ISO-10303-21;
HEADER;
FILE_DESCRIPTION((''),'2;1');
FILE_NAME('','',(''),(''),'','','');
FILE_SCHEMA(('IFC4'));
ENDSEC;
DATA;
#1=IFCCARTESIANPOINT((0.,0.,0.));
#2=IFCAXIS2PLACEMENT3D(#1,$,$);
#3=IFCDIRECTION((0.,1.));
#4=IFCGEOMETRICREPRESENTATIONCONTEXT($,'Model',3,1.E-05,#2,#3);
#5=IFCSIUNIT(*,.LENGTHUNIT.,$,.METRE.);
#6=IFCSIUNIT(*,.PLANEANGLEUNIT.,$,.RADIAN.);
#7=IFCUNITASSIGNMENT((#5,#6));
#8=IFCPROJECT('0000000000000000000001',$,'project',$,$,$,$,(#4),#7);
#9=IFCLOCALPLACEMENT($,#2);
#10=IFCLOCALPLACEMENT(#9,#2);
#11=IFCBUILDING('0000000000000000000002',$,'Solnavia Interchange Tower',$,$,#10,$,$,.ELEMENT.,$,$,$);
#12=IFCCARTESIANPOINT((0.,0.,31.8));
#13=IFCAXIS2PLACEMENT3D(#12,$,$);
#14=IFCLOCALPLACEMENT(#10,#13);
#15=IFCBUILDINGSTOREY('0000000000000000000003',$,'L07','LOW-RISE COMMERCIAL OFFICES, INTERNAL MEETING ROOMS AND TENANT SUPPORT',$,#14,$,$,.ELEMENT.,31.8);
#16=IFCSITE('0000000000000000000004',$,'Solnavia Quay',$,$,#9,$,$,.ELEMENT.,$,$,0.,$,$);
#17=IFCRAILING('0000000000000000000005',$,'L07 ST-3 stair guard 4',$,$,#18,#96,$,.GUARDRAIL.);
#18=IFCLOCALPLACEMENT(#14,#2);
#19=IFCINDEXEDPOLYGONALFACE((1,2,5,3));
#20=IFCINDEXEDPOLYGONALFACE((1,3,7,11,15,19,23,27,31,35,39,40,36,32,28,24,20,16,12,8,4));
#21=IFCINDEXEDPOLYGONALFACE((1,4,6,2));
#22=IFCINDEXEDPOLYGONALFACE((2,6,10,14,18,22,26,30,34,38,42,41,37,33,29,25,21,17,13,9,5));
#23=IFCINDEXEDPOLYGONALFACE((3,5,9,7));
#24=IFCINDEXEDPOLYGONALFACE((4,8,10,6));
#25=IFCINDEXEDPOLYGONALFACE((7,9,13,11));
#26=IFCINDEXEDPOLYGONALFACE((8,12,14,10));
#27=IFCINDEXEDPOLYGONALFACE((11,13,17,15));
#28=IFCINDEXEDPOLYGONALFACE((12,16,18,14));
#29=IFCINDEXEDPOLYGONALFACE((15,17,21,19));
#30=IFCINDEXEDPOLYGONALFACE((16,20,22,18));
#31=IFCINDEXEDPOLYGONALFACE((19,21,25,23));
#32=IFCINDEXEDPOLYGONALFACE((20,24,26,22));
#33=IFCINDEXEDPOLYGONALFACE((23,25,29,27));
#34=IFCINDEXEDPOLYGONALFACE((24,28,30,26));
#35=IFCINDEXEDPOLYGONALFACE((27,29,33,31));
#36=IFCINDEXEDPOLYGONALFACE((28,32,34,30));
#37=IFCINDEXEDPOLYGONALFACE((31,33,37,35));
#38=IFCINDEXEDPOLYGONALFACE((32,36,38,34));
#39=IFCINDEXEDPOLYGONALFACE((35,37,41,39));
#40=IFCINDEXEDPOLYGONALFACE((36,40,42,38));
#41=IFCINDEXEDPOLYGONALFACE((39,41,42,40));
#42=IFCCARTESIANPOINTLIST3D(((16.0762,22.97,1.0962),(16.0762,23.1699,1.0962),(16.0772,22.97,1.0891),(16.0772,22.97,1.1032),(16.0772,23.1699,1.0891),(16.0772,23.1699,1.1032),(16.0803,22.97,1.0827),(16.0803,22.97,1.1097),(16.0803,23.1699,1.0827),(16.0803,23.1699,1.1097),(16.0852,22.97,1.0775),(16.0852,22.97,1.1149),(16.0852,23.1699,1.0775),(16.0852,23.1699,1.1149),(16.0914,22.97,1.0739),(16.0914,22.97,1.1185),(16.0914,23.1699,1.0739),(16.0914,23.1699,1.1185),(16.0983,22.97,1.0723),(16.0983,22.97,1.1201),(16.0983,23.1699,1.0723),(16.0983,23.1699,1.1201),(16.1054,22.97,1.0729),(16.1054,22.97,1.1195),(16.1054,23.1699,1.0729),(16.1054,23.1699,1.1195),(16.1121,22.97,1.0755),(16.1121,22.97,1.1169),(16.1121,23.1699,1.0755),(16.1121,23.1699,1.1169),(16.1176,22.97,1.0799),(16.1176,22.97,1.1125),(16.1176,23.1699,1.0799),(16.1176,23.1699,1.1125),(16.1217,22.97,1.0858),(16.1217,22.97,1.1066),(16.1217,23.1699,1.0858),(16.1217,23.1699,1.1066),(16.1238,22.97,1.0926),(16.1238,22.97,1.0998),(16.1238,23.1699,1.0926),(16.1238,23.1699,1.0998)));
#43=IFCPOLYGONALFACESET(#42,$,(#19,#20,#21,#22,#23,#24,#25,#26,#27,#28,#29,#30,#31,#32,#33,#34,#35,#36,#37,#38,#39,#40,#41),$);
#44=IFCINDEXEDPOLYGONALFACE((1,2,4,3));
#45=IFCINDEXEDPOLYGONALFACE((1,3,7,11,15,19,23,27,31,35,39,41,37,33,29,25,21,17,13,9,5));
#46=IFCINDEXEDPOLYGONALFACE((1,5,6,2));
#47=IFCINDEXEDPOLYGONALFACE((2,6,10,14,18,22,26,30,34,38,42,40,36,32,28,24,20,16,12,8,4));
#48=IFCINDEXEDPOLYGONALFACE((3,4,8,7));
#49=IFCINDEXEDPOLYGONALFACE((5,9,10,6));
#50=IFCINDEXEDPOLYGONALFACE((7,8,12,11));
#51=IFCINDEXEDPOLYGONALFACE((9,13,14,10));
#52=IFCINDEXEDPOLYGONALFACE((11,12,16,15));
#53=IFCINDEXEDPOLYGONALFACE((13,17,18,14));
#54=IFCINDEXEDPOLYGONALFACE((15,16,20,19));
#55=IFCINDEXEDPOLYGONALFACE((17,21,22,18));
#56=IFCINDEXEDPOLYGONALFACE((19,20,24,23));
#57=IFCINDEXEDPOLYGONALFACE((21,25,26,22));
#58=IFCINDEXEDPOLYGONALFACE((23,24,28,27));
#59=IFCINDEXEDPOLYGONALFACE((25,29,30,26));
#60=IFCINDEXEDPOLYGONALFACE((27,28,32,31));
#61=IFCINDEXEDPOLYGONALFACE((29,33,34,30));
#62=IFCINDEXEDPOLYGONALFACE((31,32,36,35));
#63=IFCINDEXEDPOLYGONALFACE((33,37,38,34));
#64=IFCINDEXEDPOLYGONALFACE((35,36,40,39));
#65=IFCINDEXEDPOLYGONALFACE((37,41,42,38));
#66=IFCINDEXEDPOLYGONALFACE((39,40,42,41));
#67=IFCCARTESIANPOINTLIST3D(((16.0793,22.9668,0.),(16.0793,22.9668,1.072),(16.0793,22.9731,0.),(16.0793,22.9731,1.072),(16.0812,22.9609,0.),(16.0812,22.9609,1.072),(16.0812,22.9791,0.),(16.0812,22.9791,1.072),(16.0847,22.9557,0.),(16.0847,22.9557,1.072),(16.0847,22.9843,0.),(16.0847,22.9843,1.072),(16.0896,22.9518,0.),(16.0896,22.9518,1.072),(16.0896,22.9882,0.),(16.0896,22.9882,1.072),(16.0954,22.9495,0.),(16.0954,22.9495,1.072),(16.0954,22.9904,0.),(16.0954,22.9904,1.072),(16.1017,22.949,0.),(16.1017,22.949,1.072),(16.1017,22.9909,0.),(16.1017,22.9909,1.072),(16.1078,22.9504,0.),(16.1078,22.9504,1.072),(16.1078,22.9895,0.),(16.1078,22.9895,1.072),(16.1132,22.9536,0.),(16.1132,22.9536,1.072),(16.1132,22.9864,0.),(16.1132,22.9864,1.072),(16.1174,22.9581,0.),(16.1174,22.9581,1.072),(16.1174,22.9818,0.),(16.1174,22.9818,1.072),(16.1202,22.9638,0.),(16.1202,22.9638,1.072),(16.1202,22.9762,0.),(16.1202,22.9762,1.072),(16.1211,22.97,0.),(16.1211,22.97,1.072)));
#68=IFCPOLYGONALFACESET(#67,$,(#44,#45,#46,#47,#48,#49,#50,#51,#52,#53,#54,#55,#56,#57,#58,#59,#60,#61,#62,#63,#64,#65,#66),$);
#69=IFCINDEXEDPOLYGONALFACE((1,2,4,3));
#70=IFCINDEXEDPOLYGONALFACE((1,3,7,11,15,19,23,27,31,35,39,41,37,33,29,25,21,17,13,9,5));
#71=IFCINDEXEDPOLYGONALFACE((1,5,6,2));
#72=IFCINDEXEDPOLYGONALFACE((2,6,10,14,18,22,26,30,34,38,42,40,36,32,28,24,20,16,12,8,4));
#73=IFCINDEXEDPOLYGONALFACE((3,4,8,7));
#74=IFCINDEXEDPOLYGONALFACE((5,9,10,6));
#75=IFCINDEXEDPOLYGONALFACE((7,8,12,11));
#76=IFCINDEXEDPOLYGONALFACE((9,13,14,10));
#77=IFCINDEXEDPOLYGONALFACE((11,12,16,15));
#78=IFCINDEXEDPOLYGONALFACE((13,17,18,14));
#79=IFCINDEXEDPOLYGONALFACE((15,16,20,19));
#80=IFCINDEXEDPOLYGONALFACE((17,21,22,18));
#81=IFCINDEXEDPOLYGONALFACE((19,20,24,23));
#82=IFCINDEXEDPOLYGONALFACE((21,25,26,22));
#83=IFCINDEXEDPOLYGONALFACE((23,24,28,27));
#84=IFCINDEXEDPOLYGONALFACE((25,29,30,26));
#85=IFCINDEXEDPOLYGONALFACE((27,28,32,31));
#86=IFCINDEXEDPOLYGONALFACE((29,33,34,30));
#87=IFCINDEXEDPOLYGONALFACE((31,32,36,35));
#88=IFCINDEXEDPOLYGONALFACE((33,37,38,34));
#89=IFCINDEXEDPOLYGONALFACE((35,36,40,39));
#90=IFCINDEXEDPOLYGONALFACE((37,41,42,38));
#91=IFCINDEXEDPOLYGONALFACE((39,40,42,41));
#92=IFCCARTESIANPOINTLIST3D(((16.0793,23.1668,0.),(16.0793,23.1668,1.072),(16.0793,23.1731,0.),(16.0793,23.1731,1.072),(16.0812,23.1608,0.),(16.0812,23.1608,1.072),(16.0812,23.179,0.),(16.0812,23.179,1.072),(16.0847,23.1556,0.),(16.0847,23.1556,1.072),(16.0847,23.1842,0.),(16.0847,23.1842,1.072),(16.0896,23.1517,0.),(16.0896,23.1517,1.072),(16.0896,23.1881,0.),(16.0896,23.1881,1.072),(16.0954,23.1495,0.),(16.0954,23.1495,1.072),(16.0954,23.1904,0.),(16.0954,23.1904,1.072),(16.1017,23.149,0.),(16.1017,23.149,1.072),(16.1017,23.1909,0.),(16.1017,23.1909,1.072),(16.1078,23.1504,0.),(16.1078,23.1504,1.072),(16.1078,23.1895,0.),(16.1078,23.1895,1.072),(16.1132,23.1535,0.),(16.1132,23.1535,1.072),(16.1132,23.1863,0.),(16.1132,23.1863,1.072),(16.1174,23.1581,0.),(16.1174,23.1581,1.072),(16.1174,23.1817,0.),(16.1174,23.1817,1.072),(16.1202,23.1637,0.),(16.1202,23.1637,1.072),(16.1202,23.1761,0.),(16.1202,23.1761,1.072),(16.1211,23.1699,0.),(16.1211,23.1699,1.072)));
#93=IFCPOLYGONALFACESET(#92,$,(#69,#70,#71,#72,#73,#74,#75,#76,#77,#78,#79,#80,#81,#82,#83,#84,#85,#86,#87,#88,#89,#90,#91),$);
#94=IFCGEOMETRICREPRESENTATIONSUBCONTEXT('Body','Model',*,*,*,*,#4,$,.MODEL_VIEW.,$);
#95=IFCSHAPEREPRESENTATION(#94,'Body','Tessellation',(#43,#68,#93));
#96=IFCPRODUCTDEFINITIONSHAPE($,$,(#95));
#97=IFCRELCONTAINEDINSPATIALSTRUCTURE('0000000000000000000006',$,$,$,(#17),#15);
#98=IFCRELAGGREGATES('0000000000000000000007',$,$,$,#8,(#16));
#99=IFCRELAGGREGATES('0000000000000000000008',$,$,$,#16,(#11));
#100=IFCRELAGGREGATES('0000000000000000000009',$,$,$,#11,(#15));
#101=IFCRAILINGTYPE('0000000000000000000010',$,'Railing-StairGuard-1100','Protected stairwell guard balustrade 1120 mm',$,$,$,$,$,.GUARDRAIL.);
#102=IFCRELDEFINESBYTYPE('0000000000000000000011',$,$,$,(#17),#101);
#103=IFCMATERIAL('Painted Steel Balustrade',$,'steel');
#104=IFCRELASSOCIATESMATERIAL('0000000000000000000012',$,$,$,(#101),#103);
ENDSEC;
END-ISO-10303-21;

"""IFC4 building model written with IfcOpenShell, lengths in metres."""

from ifc_helpers import new_model, si_unit, direction, frame, origin, origin_2d, place, context, subcontext, project, spatial, circle, extrude, material, type_object, element, save


model = new_model("IFC4")

# Units and contexts
model_context = context("Model", 3, precision=1e-05, world=origin(), true_north=direction((0.0, 1.0)))
body_context = subcontext(model_context, "Body", "Model", "MODEL_VIEW")
ifc_project = project(units=[si_unit("LENGTHUNIT", "METRE"), si_unit("PLANEANGLEUNIT", "RADIAN")], contexts=[model_context])

# Site, building, storey
site_placement = place(None, origin())
site = spatial("IfcSite", under=ifc_project, at=site_placement, Name="Solnavia Quay", CompositionType="ELEMENT", RefElevation=0.0)
building_placement = place(site_placement, origin())
building = spatial("IfcBuilding", under=site, at=building_placement, Name="Solnavia Interchange Tower", CompositionType="ELEMENT")
storey_placement = place(building_placement, frame((0.0, 0.0, 31.8)))
storey = spatial("IfcBuildingStorey", under=building, at=storey_placement, Name="L07", Description="LOW-RISE COMMERCIAL OFFICES, INTERNAL MEETING ROOMS AND TENANT SUPPORT", CompositionType="ELEMENT", Elevation=31.8)

# Railing
ifc_material_1 = material(Name="Painted Steel Balustrade", Category="steel")
railing_type_1 = type_object("IfcRailingType", Name="Railing-StairGuard-1100", Description="Protected stairwell guard balustrade 1120 mm", PredefinedType="GUARDRAIL", material=ifc_material_1)
railing_1_placement = place(storey_placement, frame((16.1001, 22.97, 0.0)))
element("IfcRailing", 1, at=railing_1_placement, inside=storey, type_object=railing_type_1, Name="L07 ST-3 stair guard 4", PredefinedType="GUARDRAIL", context=body_context, shape_type="SweptSolid", body=[
    extrude(circle(Radius=0.0239, at=origin_2d()), frame((0.0, 0.0, 1.0962), z_axis=(0.0, 1.0, 0.0), x_axis=(-1.0, 0.0, 0.0)), (0.0, 0.0, 1.0), 0.2),
    extrude(circle(Radius=0.021, at=origin_2d()), origin(), (0.0, 0.0, 1.0), 1.072),
    extrude(circle(Radius=0.021, at=origin_2d()), frame((0.0, 0.2, 0.0)), (0.0, 0.0, 1.0), 1.072),
])

save(model, "model.ifc")
